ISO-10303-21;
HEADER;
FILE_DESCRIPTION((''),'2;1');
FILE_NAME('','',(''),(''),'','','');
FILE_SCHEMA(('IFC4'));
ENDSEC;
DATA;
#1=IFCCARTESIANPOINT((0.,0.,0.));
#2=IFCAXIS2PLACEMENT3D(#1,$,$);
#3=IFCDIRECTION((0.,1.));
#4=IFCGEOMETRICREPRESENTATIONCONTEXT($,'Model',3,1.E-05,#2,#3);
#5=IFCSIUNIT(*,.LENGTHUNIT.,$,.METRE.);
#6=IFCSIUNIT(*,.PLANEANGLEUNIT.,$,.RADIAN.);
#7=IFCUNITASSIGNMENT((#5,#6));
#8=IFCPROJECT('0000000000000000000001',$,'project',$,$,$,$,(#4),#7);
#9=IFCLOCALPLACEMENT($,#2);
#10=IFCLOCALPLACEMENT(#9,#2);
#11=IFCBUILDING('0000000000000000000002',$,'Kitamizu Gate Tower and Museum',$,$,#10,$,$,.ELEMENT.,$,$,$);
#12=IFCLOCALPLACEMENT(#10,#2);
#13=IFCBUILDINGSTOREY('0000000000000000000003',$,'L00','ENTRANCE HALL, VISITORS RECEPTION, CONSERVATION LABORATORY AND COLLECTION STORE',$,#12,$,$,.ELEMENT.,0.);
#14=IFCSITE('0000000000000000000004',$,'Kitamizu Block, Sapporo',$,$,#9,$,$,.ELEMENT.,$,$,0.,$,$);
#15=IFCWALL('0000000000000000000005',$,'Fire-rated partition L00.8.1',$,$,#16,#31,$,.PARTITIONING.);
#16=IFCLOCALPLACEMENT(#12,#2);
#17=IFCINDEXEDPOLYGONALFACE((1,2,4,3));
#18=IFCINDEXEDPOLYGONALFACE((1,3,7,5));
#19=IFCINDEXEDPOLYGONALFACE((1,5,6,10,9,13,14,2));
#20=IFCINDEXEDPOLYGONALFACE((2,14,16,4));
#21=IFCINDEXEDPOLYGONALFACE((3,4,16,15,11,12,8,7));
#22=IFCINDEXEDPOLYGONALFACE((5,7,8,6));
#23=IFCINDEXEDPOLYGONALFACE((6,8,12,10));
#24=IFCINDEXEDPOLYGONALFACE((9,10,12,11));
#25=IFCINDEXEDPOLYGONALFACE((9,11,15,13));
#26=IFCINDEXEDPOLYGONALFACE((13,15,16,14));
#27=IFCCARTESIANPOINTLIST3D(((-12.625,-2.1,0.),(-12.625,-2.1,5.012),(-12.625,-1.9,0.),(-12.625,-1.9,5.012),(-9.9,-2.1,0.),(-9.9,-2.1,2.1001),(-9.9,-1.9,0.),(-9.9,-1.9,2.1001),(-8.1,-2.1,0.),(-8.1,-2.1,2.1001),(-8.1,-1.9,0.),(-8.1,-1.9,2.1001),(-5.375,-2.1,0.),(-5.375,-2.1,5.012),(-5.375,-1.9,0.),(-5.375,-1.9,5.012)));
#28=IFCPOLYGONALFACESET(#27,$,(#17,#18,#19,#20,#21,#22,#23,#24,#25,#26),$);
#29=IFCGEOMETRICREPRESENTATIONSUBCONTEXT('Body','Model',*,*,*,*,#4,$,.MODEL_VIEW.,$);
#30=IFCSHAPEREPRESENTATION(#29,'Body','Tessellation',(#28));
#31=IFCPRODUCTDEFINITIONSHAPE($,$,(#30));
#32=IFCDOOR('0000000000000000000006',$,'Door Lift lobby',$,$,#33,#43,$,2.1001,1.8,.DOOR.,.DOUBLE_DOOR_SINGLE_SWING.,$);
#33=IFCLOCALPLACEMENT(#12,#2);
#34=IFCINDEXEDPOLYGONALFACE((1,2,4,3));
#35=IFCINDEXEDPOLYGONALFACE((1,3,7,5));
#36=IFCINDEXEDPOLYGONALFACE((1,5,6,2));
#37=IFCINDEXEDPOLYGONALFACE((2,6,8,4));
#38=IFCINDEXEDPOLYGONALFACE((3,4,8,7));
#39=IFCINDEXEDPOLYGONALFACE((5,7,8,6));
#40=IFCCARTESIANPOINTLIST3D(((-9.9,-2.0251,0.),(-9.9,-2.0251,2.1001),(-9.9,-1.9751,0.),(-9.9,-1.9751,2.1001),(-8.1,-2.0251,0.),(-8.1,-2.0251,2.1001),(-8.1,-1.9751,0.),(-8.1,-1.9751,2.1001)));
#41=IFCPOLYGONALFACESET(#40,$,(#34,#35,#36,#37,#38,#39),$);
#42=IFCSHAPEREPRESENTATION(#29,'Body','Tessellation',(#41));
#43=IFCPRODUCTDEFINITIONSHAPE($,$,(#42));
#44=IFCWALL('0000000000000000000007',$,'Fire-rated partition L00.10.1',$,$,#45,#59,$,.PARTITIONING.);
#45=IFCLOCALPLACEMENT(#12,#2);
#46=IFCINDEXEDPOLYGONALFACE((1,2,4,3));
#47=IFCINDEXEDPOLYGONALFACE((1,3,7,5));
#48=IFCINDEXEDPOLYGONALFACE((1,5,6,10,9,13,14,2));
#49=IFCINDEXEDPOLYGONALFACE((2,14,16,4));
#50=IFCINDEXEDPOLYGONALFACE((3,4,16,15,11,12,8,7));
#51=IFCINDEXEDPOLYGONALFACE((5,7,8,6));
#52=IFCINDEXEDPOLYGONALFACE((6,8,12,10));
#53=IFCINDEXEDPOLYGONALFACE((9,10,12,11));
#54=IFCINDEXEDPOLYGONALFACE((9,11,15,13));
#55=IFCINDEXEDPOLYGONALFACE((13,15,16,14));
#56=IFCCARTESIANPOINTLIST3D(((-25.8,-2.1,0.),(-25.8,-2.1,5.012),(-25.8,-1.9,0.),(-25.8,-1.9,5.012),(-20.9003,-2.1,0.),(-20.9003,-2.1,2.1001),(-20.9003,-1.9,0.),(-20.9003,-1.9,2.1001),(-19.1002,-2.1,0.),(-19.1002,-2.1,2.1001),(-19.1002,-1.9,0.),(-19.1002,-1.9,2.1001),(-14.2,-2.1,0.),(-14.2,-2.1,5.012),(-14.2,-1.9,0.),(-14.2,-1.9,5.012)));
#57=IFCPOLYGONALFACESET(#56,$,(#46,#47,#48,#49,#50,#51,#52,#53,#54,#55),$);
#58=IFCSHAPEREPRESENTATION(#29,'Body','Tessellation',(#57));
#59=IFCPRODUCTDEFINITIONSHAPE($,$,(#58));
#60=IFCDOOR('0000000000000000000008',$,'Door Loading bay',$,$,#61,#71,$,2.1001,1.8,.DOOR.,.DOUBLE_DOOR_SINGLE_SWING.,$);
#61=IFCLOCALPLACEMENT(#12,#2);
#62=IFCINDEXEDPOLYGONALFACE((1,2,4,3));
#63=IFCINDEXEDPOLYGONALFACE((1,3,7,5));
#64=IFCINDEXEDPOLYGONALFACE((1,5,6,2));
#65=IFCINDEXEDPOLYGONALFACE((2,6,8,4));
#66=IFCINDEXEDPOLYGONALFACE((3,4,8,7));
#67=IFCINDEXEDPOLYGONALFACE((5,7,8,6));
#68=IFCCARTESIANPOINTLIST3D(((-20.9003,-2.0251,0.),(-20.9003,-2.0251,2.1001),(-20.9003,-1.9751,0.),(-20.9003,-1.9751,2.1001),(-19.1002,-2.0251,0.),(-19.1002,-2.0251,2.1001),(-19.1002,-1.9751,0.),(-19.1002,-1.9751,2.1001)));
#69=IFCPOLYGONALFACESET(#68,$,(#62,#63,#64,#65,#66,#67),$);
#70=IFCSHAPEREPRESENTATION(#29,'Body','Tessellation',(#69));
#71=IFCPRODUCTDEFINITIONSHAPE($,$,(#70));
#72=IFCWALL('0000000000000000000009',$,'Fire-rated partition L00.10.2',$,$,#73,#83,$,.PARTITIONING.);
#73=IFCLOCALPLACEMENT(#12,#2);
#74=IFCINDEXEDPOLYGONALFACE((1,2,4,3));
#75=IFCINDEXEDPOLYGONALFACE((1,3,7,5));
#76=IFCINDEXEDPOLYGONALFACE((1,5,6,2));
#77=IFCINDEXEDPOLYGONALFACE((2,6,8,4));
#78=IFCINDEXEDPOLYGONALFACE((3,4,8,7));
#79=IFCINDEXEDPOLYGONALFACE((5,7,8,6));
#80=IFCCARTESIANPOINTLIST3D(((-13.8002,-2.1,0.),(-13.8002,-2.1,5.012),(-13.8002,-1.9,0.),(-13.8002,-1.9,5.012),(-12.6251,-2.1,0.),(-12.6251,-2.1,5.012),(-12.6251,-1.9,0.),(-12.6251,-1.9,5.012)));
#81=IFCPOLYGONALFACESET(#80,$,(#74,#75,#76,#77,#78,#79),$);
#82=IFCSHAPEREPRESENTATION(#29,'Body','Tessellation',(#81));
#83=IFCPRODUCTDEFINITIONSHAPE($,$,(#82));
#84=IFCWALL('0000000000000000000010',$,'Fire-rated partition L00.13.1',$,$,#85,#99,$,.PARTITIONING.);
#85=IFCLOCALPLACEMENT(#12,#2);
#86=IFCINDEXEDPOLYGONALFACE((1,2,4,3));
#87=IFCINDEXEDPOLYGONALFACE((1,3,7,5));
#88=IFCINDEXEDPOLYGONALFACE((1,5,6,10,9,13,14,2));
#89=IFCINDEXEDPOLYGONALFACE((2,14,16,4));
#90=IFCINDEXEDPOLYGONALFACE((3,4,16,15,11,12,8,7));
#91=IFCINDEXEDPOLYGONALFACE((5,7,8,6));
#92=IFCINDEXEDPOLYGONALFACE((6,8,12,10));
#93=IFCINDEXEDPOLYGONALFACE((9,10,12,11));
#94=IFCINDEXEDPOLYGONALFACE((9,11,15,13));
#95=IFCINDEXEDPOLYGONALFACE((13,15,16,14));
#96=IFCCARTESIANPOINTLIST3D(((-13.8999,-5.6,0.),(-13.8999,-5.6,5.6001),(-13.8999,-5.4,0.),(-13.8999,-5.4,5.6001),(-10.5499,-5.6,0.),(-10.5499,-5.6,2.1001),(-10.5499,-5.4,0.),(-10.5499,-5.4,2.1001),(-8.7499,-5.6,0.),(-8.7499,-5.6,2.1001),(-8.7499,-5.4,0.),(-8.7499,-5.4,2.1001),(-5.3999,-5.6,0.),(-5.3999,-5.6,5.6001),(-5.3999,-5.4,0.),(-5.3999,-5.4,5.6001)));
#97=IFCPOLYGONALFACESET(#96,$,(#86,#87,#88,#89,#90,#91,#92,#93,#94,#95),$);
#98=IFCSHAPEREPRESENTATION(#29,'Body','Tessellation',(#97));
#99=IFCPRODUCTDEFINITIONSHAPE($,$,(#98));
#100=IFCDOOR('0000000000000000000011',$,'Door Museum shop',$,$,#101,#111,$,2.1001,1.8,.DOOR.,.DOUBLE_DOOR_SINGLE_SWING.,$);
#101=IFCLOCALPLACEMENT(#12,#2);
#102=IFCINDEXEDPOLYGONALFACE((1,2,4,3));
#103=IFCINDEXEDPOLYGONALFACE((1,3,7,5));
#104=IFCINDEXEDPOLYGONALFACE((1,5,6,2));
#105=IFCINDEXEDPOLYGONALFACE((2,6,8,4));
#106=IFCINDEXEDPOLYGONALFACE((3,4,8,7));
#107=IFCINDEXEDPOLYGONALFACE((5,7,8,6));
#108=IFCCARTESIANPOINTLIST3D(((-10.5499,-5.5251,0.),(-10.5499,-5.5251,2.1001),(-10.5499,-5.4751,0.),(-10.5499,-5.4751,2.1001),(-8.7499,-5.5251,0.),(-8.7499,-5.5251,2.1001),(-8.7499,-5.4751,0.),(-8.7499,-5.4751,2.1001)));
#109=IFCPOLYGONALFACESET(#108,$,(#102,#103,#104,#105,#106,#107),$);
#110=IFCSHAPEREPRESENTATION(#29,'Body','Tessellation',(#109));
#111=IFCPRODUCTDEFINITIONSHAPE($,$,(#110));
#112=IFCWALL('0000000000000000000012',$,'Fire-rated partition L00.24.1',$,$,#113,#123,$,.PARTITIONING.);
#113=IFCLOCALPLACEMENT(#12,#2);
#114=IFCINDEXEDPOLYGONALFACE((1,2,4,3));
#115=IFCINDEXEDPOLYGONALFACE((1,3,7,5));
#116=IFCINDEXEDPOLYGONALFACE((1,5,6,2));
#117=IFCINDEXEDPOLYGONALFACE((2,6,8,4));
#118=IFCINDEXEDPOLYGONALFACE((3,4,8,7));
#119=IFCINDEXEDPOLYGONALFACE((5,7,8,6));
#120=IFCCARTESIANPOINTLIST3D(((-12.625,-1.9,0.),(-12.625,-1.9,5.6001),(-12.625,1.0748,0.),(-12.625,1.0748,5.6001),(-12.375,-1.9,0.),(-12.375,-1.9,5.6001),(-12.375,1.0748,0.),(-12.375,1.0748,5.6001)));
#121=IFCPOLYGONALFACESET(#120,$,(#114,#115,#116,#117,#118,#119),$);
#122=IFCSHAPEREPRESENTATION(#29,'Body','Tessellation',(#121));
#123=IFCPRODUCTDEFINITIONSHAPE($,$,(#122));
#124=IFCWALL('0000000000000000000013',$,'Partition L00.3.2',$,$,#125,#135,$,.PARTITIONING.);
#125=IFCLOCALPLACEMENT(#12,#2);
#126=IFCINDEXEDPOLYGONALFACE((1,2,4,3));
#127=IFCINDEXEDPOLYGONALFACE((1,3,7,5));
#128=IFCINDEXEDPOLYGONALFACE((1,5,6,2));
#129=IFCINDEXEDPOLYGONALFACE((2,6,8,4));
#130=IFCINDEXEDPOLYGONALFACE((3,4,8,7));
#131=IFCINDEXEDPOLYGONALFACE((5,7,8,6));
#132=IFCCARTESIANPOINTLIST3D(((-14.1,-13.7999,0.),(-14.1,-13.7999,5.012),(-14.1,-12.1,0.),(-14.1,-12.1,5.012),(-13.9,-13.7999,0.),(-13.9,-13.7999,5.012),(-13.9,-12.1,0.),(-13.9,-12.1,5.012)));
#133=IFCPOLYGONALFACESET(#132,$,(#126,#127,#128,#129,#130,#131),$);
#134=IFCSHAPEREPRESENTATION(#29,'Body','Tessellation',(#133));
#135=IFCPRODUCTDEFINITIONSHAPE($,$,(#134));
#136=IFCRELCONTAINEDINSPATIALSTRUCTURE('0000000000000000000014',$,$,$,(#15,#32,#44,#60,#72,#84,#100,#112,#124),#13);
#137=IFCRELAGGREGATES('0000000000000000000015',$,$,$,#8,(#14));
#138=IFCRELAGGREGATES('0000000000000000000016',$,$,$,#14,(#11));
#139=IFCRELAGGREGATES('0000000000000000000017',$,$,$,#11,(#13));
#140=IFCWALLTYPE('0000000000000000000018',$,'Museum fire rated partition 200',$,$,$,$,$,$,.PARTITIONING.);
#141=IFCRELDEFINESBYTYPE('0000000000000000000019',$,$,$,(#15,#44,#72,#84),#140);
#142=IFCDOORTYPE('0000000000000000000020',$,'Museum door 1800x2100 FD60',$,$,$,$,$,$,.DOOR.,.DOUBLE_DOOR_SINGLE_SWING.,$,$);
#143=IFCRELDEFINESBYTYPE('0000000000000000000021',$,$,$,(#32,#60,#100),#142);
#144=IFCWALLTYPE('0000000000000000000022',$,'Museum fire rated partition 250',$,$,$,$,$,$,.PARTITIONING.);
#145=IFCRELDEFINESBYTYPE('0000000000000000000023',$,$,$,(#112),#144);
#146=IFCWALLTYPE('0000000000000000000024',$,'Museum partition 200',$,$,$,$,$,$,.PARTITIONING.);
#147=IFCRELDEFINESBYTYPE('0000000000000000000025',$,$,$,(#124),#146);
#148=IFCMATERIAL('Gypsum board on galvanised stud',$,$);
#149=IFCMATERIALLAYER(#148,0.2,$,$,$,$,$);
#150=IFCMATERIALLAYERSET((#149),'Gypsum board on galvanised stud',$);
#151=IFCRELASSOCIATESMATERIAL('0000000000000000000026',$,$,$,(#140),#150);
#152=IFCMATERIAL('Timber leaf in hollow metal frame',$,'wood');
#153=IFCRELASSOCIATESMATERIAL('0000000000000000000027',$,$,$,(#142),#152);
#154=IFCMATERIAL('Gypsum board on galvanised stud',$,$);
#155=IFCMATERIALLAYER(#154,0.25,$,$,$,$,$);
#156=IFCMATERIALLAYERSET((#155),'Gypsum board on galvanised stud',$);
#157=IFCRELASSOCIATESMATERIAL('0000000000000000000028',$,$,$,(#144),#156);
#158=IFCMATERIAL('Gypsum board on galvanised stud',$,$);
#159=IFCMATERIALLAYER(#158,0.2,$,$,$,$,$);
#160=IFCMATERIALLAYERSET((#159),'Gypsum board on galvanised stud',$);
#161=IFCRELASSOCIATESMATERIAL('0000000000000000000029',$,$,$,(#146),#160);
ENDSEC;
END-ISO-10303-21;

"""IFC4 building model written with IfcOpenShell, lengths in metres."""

from ifc_helpers import new_model, si_unit, direction, frame, frame_2d, origin, place, context, subcontext, project, spatial, rectangle, extrude, material, layer, layer_set, type_object, element, fill, save


model = new_model("IFC4")

# Units and contexts
model_context = context("Model", 3, precision=1e-05, world=origin(), true_north=direction((0.0, 1.0)))
body_context = subcontext(model_context, "Body", "Model", "MODEL_VIEW")
ifc_project = project(units=[si_unit("LENGTHUNIT", "METRE"), si_unit("PLANEANGLEUNIT", "RADIAN")], contexts=[model_context])

# Site, building, storey
site_placement = place(None, origin())
site = spatial("IfcSite", under=ifc_project, at=site_placement, Name="Kitamizu Block, Sapporo", CompositionType="ELEMENT", RefElevation=0.0)
building_placement = place(site_placement, origin())
building = spatial("IfcBuilding", under=site, at=building_placement, Name="Kitamizu Gate Tower and Museum", CompositionType="ELEMENT")
storey_placement = place(building_placement, origin())
storey = spatial("IfcBuildingStorey", under=building, at=storey_placement, Name="L00", Description="ENTRANCE HALL, VISITORS RECEPTION, CONSERVATION LABORATORY AND COLLECTION STORE", CompositionType="ELEMENT", Elevation=0.0)

# Shared definitions
ifc_material_1 = material(Name="Gypsum board on galvanised stud")
ifc_layer_1 = layer(ifc_material_1, 0.2)
ifc_layer_set_1 = layer_set([ifc_layer_1], Name="Gypsum board on galvanised stud")
wall_type_1 = type_object("IfcWallType", Name="Museum fire rated partition 200", PredefinedType="PARTITIONING", material=ifc_layer_set_1)

# Walls, openings, doors
wall_1_placement = place(storey_placement, frame((-12.625, -2.0, 0.0), z_axis=(0.0, 0.0, 1.0), x_axis=(1.0, 0.0, 0.0)))
wall_1 = element("IfcWall", 1, at=wall_1_placement, inside=storey, type_object=wall_type_1, Name="Fire-rated partition L00.8.1", PredefinedType="PARTITIONING", context=body_context, shape_type="SweptSolid", body=[
    extrude(rectangle(XDim=7.25, YDim=0.2, at=frame_2d((3.625, 0.0))), origin(), (0.0, 0.0, 1.0), 5.012),
])
opening_1_placement = place(wall_1_placement, frame((2.7251, 0.0, 0.0)))
opening_1 = element("IfcOpeningElement", 2, at=opening_1_placement, cuts=wall_1, PredefinedType="OPENING", context=body_context, shape_type="SweptSolid", body=[
    extrude(rectangle(XDim=1.8, YDim=2.1001, at=frame_2d((0.8999, 1.05))), frame((0.0, 0.1099, 0.0), z_axis=(0.0, -1.0, 0.0), x_axis=(1.0, 0.0, 0.0)), (0.0, 0.0, 1.0), 0.22),
])
ifc_material_2 = material(Name="Timber leaf in hollow metal frame", Category="wood")
door_type_1 = type_object("IfcDoorType", Name="Museum door 1800x2100 FD60", OperationType="DOUBLE_DOOR_SINGLE_SWING", PredefinedType="DOOR", material=ifc_material_2)
door_1_placement = place(opening_1_placement, origin())
door_1 = element("IfcDoor", 3, at=door_1_placement, inside=storey, type_object=door_type_1, Name="Door Lift lobby", OperationType="DOUBLE_DOOR_SINGLE_SWING", OverallHeight=2.1001, OverallWidth=1.8, PredefinedType="DOOR", context=body_context, shape_type="SweptSolid", body=[
    extrude(rectangle(XDim=1.8, YDim=2.1001, at=frame_2d((0.8999, 1.05))), frame((0.0, 0.0249, 0.0), z_axis=(0.0, -1.0, 0.0), x_axis=(1.0, 0.0, 0.0)), (0.0, 0.0, 1.0), 0.05),
])
fill(opening_1, door_1)
wall_2_placement = place(storey_placement, frame((-25.8, -2.0, 0.0), z_axis=(0.0, 0.0, 1.0), x_axis=(1.0, 0.0, 0.0)))
wall_2 = element("IfcWall", 4, at=wall_2_placement, inside=storey, type_object=wall_type_1, Name="Fire-rated partition L00.10.1", PredefinedType="PARTITIONING", context=body_context, shape_type="SweptSolid", body=[
    extrude(rectangle(XDim=11.6001, YDim=0.2, at=frame_2d((5.8, 0.0))), origin(), (0.0, 0.0, 1.0), 5.012),
])
opening_2_placement = place(wall_2_placement, frame((4.8999, 0.0, 0.0)))
opening_2 = element("IfcOpeningElement", 5, at=opening_2_placement, cuts=wall_2, PredefinedType="OPENING", context=body_context, shape_type="SweptSolid", body=[
    extrude(rectangle(XDim=1.8, YDim=2.1001, at=frame_2d((0.8999, 1.05))), frame((0.0, 0.1099, 0.0), z_axis=(0.0, -1.0, 0.0), x_axis=(1.0, 0.0, 0.0)), (0.0, 0.0, 1.0), 0.22),
])
door_2_placement = place(opening_2_placement, origin())
door_2 = element("IfcDoor", 6, at=door_2_placement, inside=storey, type_object=door_type_1, Name="Door Loading bay", OperationType="DOUBLE_DOOR_SINGLE_SWING", OverallHeight=2.1001, OverallWidth=1.8, PredefinedType="DOOR", context=body_context, shape_type="SweptSolid", body=[
    extrude(rectangle(XDim=1.8, YDim=2.1001, at=frame_2d((0.8999, 1.05))), frame((0.0, 0.0249, 0.0), z_axis=(0.0, -1.0, 0.0), x_axis=(1.0, 0.0, 0.0)), (0.0, 0.0, 1.0), 0.05),
])
fill(opening_2, door_2)

# Wall
wall_3_placement = place(storey_placement, frame((-13.8, -2.0, 0.0), z_axis=(0.0, 0.0, 1.0), x_axis=(1.0, 0.0, 0.0)))
element("IfcWall", 7, at=wall_3_placement, inside=storey, type_object=wall_type_1, Name="Fire-rated partition L00.10.2", PredefinedType="PARTITIONING", context=body_context, shape_type="SweptSolid", body=[
    extrude(rectangle(XDim=1.175, YDim=0.2, at=frame_2d((0.5874, 0.0))), origin(), (0.0, 0.0, 1.0), 5.012),
])

# Wall, opening, door
wall_4_placement = place(storey_placement, frame((-13.8999, -5.5, 0.0), z_axis=(0.0, 0.0, 1.0), x_axis=(1.0, 0.0, 0.0)))
wall_4 = element("IfcWall", 8, at=wall_4_placement, inside=storey, type_object=wall_type_1, Name="Fire-rated partition L00.13.1", PredefinedType="PARTITIONING", context=body_context, shape_type="SweptSolid", body=[
    extrude(rectangle(XDim=8.5, YDim=0.2, at=frame_2d((4.25, 0.0))), origin(), (0.0, 0.0, 1.0), 5.6001),
])
opening_3_placement = place(wall_4_placement, frame((3.3501, 0.0, 0.0)))
opening_3 = element("IfcOpeningElement", 9, at=opening_3_placement, cuts=wall_4, PredefinedType="OPENING", context=body_context, shape_type="SweptSolid", body=[
    extrude(rectangle(XDim=1.8, YDim=2.1001, at=frame_2d((0.8999, 1.05))), frame((0.0, 0.1099, 0.0), z_axis=(0.0, -1.0, 0.0), x_axis=(1.0, 0.0, 0.0)), (0.0, 0.0, 1.0), 0.22),
])
door_3_placement = place(opening_3_placement, origin())
door_3 = element("IfcDoor", 10, at=door_3_placement, inside=storey, type_object=door_type_1, Name="Door Museum shop", OperationType="DOUBLE_DOOR_SINGLE_SWING", OverallHeight=2.1001, OverallWidth=1.8, PredefinedType="DOOR", context=body_context, shape_type="SweptSolid", body=[
    extrude(rectangle(XDim=1.8, YDim=2.1001, at=frame_2d((0.8999, 1.05))), frame((0.0, 0.0249, 0.0), z_axis=(0.0, -1.0, 0.0), x_axis=(1.0, 0.0, 0.0)), (0.0, 0.0, 1.0), 0.05),
])
fill(opening_3, door_3)

# Walls
ifc_material_3 = material(Name="Gypsum board on galvanised stud")
ifc_layer_2 = layer(ifc_material_3, 0.25)
ifc_layer_set_2 = layer_set([ifc_layer_2], Name="Gypsum board on galvanised stud")
wall_type_2 = type_object("IfcWallType", Name="Museum fire rated partition 250", PredefinedType="PARTITIONING", material=ifc_layer_set_2)
wall_5_placement = place(storey_placement, frame((-12.5, -1.8999, 0.0), z_axis=(0.0, 0.0, 1.0), x_axis=(0.0, 1.0, 0.0)))
element("IfcWall", 11, at=wall_5_placement, inside=storey, type_object=wall_type_2, Name="Fire-rated partition L00.24.1", PredefinedType="PARTITIONING", context=body_context, shape_type="SweptSolid", body=[
    extrude(rectangle(XDim=2.9749, YDim=0.25, at=frame_2d((1.4873, 0.0))), origin(), (0.0, 0.0, 1.0), 5.6001),
])
ifc_material_4 = material(Name="Gypsum board on galvanised stud")
ifc_layer_3 = layer(ifc_material_4, 0.2)
ifc_layer_set_3 = layer_set([ifc_layer_3], Name="Gypsum board on galvanised stud")
wall_type_3 = type_object("IfcWallType", Name="Museum partition 200", PredefinedType="PARTITIONING", material=ifc_layer_set_3)
wall_6_placement = place(storey_placement, frame((-14.0, -13.8, 0.0), z_axis=(0.0, 0.0, 1.0), x_axis=(0.0, 1.0, 0.0)))
element("IfcWall", 12, at=wall_6_placement, inside=storey, type_object=wall_type_3, Name="Partition L00.3.2", PredefinedType="PARTITIONING", context=body_context, shape_type="SweptSolid", body=[
    extrude(rectangle(XDim=1.7, YDim=0.2, at=frame_2d((0.8501, 0.0))), origin(), (0.0, 0.0, 1.0), 5.012),
])

save(model, "model.ifc")
